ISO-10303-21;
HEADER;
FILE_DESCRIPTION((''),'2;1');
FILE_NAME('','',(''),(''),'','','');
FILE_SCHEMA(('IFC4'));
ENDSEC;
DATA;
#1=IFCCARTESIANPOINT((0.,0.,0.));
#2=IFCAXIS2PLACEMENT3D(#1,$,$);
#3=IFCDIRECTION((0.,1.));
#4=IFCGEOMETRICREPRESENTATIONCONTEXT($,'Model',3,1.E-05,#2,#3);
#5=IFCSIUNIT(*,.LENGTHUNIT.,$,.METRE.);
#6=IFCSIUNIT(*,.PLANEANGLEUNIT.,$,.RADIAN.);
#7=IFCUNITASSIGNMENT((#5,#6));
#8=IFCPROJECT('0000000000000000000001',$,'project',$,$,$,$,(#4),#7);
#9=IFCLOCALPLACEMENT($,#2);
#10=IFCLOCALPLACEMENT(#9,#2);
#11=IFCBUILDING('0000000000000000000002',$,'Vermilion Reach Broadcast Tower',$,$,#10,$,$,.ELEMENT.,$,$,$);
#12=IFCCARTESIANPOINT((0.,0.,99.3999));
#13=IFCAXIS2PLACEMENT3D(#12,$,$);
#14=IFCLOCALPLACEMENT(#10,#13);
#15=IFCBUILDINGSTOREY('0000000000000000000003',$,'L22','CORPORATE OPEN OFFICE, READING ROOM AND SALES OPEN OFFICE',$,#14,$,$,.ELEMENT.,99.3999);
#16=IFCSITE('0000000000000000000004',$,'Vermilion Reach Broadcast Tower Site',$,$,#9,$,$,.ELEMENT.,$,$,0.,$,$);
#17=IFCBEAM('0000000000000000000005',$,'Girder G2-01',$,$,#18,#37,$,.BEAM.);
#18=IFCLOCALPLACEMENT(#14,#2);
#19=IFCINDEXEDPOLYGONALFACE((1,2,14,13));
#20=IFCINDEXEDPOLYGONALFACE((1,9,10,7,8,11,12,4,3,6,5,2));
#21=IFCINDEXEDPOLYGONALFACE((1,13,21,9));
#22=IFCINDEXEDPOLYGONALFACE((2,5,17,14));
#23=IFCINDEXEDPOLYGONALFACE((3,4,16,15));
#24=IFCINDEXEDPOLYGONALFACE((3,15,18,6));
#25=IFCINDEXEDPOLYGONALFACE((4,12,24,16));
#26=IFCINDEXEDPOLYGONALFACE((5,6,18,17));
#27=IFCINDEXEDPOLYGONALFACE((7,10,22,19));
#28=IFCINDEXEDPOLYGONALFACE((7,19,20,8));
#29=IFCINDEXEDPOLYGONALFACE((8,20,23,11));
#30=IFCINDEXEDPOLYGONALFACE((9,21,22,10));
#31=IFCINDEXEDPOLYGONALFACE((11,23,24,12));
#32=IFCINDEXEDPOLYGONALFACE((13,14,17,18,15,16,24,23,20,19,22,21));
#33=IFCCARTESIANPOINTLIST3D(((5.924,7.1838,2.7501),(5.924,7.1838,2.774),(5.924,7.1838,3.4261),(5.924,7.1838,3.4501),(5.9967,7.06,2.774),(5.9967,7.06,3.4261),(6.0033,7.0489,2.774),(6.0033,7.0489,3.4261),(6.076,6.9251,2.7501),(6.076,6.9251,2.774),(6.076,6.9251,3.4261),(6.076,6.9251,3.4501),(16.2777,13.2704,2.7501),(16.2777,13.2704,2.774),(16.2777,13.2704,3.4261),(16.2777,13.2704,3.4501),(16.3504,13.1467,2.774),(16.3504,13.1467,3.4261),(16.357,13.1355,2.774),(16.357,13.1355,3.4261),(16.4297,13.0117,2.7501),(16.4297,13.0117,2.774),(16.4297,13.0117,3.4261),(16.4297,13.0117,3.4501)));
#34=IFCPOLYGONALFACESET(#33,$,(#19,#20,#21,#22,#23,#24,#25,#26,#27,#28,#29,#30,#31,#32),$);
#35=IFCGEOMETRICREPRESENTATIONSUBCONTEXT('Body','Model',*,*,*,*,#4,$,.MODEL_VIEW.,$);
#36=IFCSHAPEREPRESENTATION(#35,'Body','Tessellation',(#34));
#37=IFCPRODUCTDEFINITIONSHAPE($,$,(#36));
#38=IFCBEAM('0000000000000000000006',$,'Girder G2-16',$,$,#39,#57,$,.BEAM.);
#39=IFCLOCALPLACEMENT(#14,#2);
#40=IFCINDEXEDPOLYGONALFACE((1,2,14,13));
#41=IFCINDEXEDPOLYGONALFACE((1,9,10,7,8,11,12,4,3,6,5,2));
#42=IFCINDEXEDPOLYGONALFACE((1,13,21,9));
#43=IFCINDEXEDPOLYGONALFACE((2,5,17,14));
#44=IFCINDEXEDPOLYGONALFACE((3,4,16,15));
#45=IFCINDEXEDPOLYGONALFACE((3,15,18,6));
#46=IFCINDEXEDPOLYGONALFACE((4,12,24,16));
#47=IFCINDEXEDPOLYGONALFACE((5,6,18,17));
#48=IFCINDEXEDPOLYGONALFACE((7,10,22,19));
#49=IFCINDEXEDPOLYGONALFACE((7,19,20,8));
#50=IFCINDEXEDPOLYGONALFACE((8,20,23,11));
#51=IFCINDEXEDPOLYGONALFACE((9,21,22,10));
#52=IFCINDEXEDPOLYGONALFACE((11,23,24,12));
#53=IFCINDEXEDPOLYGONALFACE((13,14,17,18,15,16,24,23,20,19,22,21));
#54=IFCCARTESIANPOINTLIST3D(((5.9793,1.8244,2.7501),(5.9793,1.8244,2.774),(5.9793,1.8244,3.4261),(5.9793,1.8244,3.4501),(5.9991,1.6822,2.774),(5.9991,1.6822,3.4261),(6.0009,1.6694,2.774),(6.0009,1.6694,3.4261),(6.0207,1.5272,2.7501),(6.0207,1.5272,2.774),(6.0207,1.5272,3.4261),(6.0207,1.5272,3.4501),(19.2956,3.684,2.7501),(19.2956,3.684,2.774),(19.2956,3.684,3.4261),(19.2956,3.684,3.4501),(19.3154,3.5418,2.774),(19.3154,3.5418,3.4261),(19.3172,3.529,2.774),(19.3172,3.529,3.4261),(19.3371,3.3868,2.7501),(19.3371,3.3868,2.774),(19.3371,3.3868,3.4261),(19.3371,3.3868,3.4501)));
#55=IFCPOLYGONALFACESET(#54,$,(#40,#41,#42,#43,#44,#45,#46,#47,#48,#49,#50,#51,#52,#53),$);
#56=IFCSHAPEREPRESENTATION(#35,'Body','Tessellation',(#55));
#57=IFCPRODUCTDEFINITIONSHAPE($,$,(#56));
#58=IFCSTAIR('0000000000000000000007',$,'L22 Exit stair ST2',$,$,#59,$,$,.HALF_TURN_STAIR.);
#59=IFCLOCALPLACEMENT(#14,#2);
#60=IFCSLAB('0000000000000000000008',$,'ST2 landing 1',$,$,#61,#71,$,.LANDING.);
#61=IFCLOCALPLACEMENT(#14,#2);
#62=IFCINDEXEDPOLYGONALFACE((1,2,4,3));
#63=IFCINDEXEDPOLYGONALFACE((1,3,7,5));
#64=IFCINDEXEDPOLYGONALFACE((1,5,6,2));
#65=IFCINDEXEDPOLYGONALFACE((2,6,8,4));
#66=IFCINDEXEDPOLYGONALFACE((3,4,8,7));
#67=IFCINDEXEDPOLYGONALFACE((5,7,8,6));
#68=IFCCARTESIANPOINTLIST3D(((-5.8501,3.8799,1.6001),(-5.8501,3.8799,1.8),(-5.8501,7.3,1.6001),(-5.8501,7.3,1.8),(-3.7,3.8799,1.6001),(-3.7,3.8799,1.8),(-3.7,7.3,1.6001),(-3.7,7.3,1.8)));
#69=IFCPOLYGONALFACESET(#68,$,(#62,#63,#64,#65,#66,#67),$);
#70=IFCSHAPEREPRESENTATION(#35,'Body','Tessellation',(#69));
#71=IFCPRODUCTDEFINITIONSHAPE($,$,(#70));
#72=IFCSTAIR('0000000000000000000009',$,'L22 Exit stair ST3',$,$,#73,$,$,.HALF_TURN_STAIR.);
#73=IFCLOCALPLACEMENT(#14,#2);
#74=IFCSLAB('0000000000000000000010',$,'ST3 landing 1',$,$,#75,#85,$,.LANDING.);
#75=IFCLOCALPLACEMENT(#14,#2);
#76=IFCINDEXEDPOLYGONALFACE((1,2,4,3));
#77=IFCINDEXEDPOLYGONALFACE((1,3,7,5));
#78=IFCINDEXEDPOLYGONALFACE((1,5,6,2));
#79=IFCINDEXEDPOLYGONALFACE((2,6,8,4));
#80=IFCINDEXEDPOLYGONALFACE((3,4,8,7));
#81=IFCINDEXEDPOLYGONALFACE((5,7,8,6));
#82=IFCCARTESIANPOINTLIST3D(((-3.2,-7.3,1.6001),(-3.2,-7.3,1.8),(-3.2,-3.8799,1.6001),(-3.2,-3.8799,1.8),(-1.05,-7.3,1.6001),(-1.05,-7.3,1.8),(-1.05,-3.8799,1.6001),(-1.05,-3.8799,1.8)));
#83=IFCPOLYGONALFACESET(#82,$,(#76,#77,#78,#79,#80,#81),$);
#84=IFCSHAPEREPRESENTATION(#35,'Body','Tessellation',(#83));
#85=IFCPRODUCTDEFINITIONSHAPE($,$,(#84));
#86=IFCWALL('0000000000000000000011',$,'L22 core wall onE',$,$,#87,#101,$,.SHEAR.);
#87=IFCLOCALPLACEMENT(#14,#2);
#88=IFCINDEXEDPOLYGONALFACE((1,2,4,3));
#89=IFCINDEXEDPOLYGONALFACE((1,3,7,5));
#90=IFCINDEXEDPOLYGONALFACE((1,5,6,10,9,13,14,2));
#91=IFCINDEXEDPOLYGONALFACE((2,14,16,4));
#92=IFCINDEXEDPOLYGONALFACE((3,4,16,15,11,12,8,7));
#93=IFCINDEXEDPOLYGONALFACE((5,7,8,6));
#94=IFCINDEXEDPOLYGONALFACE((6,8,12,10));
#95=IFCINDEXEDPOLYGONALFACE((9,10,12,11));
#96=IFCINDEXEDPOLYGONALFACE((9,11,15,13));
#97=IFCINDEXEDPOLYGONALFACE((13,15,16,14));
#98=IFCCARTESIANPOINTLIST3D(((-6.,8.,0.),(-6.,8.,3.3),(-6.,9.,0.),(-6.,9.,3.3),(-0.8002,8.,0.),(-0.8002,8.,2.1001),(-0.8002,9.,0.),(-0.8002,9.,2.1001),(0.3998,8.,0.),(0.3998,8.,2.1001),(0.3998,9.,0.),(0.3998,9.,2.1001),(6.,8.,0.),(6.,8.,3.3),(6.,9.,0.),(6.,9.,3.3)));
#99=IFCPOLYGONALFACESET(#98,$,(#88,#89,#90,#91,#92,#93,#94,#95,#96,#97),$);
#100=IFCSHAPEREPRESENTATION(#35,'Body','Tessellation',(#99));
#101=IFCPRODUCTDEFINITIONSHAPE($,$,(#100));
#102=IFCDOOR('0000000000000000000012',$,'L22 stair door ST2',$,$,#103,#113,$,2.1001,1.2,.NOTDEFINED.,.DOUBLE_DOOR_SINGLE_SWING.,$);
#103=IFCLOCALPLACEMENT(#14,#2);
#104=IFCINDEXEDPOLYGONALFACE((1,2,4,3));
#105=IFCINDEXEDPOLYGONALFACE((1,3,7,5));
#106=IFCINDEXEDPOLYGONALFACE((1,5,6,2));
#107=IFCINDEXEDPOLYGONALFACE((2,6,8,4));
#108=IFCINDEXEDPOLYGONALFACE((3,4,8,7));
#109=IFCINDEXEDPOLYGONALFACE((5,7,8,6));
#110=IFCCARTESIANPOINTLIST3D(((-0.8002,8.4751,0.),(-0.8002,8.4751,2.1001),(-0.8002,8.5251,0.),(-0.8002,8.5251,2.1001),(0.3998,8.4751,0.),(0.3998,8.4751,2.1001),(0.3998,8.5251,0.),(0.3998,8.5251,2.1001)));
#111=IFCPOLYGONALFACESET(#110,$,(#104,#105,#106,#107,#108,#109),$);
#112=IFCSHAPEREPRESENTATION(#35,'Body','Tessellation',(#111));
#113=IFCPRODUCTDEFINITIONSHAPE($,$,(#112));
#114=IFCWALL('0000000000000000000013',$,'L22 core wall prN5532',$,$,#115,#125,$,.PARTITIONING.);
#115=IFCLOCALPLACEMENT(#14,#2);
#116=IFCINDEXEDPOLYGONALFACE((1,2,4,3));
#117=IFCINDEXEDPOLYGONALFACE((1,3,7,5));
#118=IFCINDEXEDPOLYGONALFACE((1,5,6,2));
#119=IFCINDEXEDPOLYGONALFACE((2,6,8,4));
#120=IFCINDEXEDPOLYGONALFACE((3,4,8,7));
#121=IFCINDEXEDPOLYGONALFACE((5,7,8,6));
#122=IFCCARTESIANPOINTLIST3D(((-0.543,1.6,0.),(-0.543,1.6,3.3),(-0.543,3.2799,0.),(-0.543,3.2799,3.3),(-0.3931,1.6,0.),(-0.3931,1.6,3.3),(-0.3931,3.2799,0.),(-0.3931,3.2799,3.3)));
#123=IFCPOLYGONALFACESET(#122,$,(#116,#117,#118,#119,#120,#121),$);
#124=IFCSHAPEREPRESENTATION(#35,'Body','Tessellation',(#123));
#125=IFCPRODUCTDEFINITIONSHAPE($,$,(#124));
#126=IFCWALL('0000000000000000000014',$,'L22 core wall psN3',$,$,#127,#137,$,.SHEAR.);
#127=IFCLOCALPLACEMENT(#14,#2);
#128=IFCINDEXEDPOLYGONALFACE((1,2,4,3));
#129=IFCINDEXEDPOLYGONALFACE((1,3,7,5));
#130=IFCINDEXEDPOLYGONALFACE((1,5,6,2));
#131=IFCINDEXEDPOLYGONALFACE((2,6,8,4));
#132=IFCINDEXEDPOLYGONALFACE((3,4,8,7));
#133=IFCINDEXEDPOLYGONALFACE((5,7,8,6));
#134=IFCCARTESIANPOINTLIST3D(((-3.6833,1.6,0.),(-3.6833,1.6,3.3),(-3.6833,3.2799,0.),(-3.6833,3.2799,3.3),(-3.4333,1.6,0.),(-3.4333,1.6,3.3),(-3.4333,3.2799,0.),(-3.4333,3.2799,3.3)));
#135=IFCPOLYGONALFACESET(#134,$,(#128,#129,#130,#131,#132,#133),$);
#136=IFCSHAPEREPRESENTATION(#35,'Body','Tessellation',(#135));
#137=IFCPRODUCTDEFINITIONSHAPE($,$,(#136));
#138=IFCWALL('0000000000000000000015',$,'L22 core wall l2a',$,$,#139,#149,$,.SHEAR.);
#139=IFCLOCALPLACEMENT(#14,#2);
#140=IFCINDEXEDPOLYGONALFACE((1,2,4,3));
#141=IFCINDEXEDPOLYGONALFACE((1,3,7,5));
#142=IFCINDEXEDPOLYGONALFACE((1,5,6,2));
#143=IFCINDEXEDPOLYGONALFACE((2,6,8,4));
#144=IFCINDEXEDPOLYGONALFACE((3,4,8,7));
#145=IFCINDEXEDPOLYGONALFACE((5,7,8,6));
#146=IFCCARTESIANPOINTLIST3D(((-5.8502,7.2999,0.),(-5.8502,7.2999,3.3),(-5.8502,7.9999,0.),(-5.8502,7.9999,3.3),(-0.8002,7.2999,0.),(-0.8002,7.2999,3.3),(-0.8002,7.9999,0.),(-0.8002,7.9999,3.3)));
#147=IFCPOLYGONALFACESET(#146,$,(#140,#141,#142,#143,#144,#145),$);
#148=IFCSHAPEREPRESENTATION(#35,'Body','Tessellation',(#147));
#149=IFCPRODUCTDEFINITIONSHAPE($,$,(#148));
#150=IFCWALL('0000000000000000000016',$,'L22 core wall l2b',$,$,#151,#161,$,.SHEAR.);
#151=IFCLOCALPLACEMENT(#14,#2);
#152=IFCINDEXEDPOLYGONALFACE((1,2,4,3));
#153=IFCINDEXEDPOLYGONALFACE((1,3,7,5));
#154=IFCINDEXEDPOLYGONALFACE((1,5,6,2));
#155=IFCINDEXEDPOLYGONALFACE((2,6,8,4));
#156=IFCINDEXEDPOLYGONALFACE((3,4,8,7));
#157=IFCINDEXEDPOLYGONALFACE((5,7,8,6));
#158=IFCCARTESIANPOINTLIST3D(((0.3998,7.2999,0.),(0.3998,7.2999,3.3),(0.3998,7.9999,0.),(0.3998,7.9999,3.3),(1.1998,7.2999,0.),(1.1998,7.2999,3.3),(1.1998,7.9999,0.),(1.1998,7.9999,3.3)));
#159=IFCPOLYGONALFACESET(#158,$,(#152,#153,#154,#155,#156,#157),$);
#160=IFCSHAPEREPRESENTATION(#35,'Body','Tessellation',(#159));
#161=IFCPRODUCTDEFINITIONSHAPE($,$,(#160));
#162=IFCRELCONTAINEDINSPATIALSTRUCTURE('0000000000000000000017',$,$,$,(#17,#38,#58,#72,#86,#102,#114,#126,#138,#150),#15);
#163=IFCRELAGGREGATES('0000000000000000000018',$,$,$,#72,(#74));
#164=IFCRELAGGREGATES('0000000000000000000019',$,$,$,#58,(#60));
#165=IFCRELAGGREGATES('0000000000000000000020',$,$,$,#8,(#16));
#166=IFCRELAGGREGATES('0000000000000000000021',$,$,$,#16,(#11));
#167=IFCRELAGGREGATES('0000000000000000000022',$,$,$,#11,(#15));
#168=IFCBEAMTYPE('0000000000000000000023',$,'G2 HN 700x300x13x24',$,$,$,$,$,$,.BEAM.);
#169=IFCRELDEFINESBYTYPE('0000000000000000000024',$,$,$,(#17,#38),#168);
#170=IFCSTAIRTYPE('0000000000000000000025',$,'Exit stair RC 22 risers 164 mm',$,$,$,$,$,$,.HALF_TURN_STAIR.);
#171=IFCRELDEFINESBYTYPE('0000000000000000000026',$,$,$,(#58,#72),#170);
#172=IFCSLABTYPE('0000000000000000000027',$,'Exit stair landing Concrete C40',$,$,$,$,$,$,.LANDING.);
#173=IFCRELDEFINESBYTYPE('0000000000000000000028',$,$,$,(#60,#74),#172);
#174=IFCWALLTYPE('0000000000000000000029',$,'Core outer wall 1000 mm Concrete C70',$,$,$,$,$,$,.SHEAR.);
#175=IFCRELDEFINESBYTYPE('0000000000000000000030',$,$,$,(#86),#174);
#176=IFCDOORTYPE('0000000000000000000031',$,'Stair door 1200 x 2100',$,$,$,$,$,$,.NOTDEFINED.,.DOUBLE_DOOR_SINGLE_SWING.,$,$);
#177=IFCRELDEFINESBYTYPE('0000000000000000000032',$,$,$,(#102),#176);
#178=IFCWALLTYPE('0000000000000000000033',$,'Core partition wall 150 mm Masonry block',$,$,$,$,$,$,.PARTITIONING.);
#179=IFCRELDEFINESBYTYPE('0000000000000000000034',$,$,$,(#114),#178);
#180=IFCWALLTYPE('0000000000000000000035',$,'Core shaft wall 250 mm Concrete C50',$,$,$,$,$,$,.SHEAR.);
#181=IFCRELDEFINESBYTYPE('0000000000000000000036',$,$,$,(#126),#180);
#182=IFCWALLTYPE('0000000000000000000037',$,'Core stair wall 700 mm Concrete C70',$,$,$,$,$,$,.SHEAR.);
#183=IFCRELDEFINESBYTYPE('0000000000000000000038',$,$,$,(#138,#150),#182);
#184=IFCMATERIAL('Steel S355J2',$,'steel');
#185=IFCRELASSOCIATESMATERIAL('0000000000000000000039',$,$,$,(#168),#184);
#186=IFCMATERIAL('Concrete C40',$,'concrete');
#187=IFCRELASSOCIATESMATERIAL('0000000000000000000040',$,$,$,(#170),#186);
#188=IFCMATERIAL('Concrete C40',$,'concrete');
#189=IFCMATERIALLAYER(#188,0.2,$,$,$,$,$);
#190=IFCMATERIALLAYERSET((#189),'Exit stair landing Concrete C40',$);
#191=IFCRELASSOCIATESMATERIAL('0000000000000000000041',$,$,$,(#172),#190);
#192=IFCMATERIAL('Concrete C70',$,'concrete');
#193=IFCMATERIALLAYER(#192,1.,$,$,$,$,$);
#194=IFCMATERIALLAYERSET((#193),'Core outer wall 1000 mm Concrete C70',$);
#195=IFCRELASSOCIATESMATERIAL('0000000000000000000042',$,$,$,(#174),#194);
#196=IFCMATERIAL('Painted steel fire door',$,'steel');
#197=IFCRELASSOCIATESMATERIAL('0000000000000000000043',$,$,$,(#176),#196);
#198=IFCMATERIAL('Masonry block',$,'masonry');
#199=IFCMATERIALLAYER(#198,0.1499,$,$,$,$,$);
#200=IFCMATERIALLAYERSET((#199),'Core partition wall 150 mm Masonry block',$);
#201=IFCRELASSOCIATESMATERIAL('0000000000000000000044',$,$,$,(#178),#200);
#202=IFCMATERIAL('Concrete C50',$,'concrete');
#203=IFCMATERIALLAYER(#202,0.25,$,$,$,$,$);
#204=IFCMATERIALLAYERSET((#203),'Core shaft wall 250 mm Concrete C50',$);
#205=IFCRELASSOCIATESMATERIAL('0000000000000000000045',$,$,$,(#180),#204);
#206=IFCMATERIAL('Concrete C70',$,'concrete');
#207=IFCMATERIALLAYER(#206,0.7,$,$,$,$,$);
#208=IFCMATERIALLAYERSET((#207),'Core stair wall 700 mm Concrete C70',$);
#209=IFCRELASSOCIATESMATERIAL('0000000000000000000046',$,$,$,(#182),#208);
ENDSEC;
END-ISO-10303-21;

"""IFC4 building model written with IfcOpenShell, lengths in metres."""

from ifc_helpers import new_model, si_unit, direction, frame, frame_2d, origin, origin_2d, place, context, subcontext, project, spatial, polyline, rectangle, i_section, outline, extrude, material, layer, layer_set, material_profile, profile_set, type_object, element, fill, aggregate, save


model = new_model("IFC4")

# Units and contexts
model_context = context("Model", 3, precision=1e-05, world=origin(), true_north=direction((0.0, 1.0)))
body_context = subcontext(model_context, "Body", "Model", "MODEL_VIEW")
ifc_project = project(units=[si_unit("LENGTHUNIT", "METRE"), si_unit("PLANEANGLEUNIT", "RADIAN")], contexts=[model_context])

# Site, building, storey
site_placement = place(None, origin())
site = spatial("IfcSite", under=ifc_project, at=site_placement, Name="Vermilion Reach Broadcast Tower Site", CompositionType="ELEMENT", RefElevation=0.0)
building_placement = place(site_placement, origin())
building = spatial("IfcBuilding", under=site, at=building_placement, Name="Vermilion Reach Broadcast Tower", CompositionType="ELEMENT")
storey_placement = place(building_placement, frame((0.0, 0.0, 99.3999)))
storey = spatial("IfcBuildingStorey", under=building, at=storey_placement, Name="L22", Description="CORPORATE OPEN OFFICE, READING ROOM AND SALES OPEN OFFICE", CompositionType="ELEMENT", Elevation=99.3999)

# Beams
ifc_material_1 = material(Name="Steel S355J2", Category="steel")
ifc_material_profile = material_profile(ifc_material_1, i_section(OverallWidth=0.3, OverallDepth=0.7, WebThickness=0.0129, FlangeThickness=0.0239, at=origin_2d()), Name="S355J2 HN 700x300x13x24")
ifc_profile_set = profile_set([ifc_material_profile], Name="Steel S355J2")
beam_type = type_object("IfcBeamType", Name="G2 HN 700x300x13x24", PredefinedType="BEAM", material=ifc_profile_set)
beam_1_placement = place(storey_placement, frame((6.0, 7.0544, 3.1001), z_axis=(0.862072, 0.506786, 0.0), x_axis=(-0.506786, 0.862072, 0.0)))
element("IfcBeam", 1, at=beam_1_placement, inside=storey, type_object=beam_type, Name="Girder G2-01", PredefinedType="BEAM", context=body_context, shape_type="SweptSolid", body=[
    extrude(i_section(OverallWidth=0.3, OverallDepth=0.7, WebThickness=0.0129, FlangeThickness=0.0239, at=origin_2d()), origin(), (0.0, 0.0, 1.0), 12.0103),
])
beam_2_placement = place(storey_placement, frame((6.0, 1.6758, 3.1001), z_axis=(0.990389, 0.138307, 0.0), x_axis=(-0.138307, 0.990389, 0.0)))
element("IfcBeam", 2, at=beam_2_placement, inside=storey, type_object=beam_type, Name="Girder G2-16", PredefinedType="BEAM", context=body_context, shape_type="SweptSolid", body=[
    extrude(i_section(OverallWidth=0.3, OverallDepth=0.7, WebThickness=0.0129, FlangeThickness=0.0239, at=origin_2d()), origin(), (0.0, 0.0, 1.0), 13.4456),
])

# Stairs, slabs
ifc_material_2 = material(Name="Concrete C40", Category="concrete")
stair_type = type_object("IfcStairType", Name="Exit stair RC 22 risers 164 mm", PredefinedType="HALF_TURN_STAIR", material=ifc_material_2)
placement_1 = place(storey_placement, origin())
stair_1 = element("IfcStair", 3, at=placement_1, inside=storey, type_object=stair_type, Name="L22 Exit stair ST2", PredefinedType="HALF_TURN_STAIR")
ifc_material_3 = material(Name="Concrete C40", Category="concrete")
ifc_layer_1 = layer(ifc_material_3, 0.2)
ifc_layer_set_1 = layer_set([ifc_layer_1], Name="Exit stair landing Concrete C40")
slab_type = type_object("IfcSlabType", Name="Exit stair landing Concrete C40", PredefinedType="LANDING", material=ifc_layer_set_1)
placement_2 = place(storey_placement, frame((0.0, 0.0, 1.6001)))
slab_1 = element("IfcSlab", 4, at=placement_2, type_object=slab_type, Name="ST2 landing 1", PredefinedType="LANDING", context=body_context, shape_type="SweptSolid", body=[
    extrude(outline(polyline([(-3.7, 7.3), (-5.8501, 7.3), (-5.8501, 3.8799), (-3.7, 3.8799), (-3.7, 7.3)])), origin(), (0.0, 0.0, 1.0), 0.2),
])
stair_2 = element("IfcStair", 5, at=placement_1, inside=storey, type_object=stair_type, Name="L22 Exit stair ST3", PredefinedType="HALF_TURN_STAIR")
slab_2 = element("IfcSlab", 6, at=placement_2, type_object=slab_type, Name="ST3 landing 1", PredefinedType="LANDING", context=body_context, shape_type="SweptSolid", body=[
    extrude(outline(polyline([(-3.2, -7.3), (-1.05, -7.3), (-1.05, -3.8799), (-3.2, -3.8799), (-3.2, -7.3)])), origin(), (0.0, 0.0, 1.0), 0.2),
])
aggregate(stair_2, [slab_2])

# Wall, opening, door
ifc_material_4 = material(Name="Concrete C70", Category="concrete")
ifc_layer_2 = layer(ifc_material_4, 1.0)
ifc_layer_set_2 = layer_set([ifc_layer_2], Name="Core outer wall 1000 mm Concrete C70")
wall_type_1 = type_object("IfcWallType", Name="Core outer wall 1000 mm Concrete C70", PredefinedType="SHEAR", material=ifc_layer_set_2)
wall_1_placement = place(storey_placement, frame((6.0, 8.5, 0.0), z_axis=(0.0, 0.0, 1.0), x_axis=(-1.0, 0.0, 0.0)))
wall_1 = element("IfcWall", 7, at=wall_1_placement, inside=storey, type_object=wall_type_1, Name="L22 core wall onE", PredefinedType="SHEAR", context=body_context, shape_type="SweptSolid", body=[
    extrude(rectangle(XDim=12.0, YDim=1.0, at=frame_2d((6.0, 0.0))), origin(), (0.0, 0.0, 1.0), 3.3),
])
opening_placement = place(wall_1_placement, frame((5.6001, 0.0, 0.0)))
opening = element("IfcOpeningElement", 8, at=opening_placement, cuts=wall_1, PredefinedType="OPENING", context=body_context, shape_type="SweptSolid", body=[
    extrude(rectangle(XDim=1.2, YDim=2.1001, at=frame_2d((0.6001, 1.05))), frame((0.0, 0.51, 0.0), z_axis=(0.0, -1.0, 0.0), x_axis=(1.0, 0.0, 0.0)), (0.0, 0.0, 1.0), 1.02),
])
ifc_material_5 = material(Name="Painted steel fire door", Category="steel")
door_type = type_object("IfcDoorType", Name="Stair door 1200 x 2100", OperationType="DOUBLE_DOOR_SINGLE_SWING", PredefinedType="NOTDEFINED", material=ifc_material_5)
door_placement = place(opening_placement, origin())
door = element("IfcDoor", 9, at=door_placement, inside=storey, type_object=door_type, Name="L22 stair door ST2", OperationType="DOUBLE_DOOR_SINGLE_SWING", OverallHeight=2.1001, OverallWidth=1.2, PredefinedType="NOTDEFINED", context=body_context, shape_type="SweptSolid", body=[
    extrude(rectangle(XDim=1.2, YDim=2.1001, at=frame_2d((0.6001, 1.05))), frame((0.0, 0.0249, 0.0), z_axis=(0.0, -1.0, 0.0), x_axis=(1.0, 0.0, 0.0)), (0.0, 0.0, 1.0), 0.05),
])
fill(opening, door)

# Walls
ifc_material_6 = material(Name="Masonry block", Category="masonry")
ifc_layer_3 = layer(ifc_material_6, 0.1499)
ifc_layer_set_3 = layer_set([ifc_layer_3], Name="Core partition wall 150 mm Masonry block")
wall_type_2 = type_object("IfcWallType", Name="Core partition wall 150 mm Masonry block", PredefinedType="PARTITIONING", material=ifc_layer_set_3)
wall_2_placement = place(storey_placement, frame((-0.468, 1.6001, 0.0), z_axis=(0.0, 0.0, 1.0), x_axis=(0.0, 1.0, 0.0)))
element("IfcWall", 10, at=wall_2_placement, inside=storey, type_object=wall_type_2, Name="L22 core wall prN5532", PredefinedType="PARTITIONING", context=body_context, shape_type="SweptSolid", body=[
    extrude(rectangle(XDim=1.6799, YDim=0.1499, at=frame_2d((0.8398, 0.0))), origin(), (0.0, 0.0, 1.0), 3.3),
])
ifc_material_7 = material(Name="Concrete C50", Category="concrete")
ifc_layer_4 = layer(ifc_material_7, 0.25)
ifc_layer_set_4 = layer_set([ifc_layer_4], Name="Core shaft wall 250 mm Concrete C50")
wall_type_3 = type_object("IfcWallType", Name="Core shaft wall 250 mm Concrete C50", PredefinedType="SHEAR", material=ifc_layer_set_4)
wall_3_placement = place(storey_placement, frame((-3.5583, 1.6001, 0.0), z_axis=(0.0, 0.0, 1.0), x_axis=(0.0, 1.0, 0.0)))
element("IfcWall", 11, at=wall_3_placement, inside=storey, type_object=wall_type_3, Name="L22 core wall psN3", PredefinedType="SHEAR", context=body_context, shape_type="SweptSolid", body=[
    extrude(rectangle(XDim=1.6799, YDim=0.25, at=frame_2d((0.8398, 0.0))), origin(), (0.0, 0.0, 1.0), 3.3),
])
ifc_material_8 = material(Name="Concrete C70", Category="concrete")
ifc_layer_5 = layer(ifc_material_8, 0.7)
ifc_layer_set_5 = layer_set([ifc_layer_5], Name="Core stair wall 700 mm Concrete C70")
wall_type_4 = type_object("IfcWallType", Name="Core stair wall 700 mm Concrete C70", PredefinedType="SHEAR", material=ifc_layer_set_5)
wall_4_placement = place(storey_placement, frame((-5.8501, 7.6499, 0.0), z_axis=(0.0, 0.0, 1.0), x_axis=(1.0, 0.0, 0.0)))
element("IfcWall", 12, at=wall_4_placement, inside=storey, type_object=wall_type_4, Name="L22 core wall l2a", PredefinedType="SHEAR", context=body_context, shape_type="SweptSolid", body=[
    extrude(rectangle(XDim=5.05, YDim=0.7, at=frame_2d((2.5249, 0.0))), origin(), (0.0, 0.0, 1.0), 3.3),
])
wall_5_placement = place(storey_placement, frame((0.3999, 7.6499, 0.0), z_axis=(0.0, 0.0, 1.0), x_axis=(1.0, 0.0, 0.0)))
element("IfcWall", 13, at=wall_5_placement, inside=storey, type_object=wall_type_4, Name="L22 core wall l2b", PredefinedType="SHEAR", context=body_context, shape_type="SweptSolid", body=[
    extrude(rectangle(XDim=0.8, YDim=0.7, at=frame_2d((0.3999, 0.0))), origin(), (0.0, 0.0, 1.0), 3.3),
])

aggregate(stair_1, [slab_1])

save(model, "model.ifc")
